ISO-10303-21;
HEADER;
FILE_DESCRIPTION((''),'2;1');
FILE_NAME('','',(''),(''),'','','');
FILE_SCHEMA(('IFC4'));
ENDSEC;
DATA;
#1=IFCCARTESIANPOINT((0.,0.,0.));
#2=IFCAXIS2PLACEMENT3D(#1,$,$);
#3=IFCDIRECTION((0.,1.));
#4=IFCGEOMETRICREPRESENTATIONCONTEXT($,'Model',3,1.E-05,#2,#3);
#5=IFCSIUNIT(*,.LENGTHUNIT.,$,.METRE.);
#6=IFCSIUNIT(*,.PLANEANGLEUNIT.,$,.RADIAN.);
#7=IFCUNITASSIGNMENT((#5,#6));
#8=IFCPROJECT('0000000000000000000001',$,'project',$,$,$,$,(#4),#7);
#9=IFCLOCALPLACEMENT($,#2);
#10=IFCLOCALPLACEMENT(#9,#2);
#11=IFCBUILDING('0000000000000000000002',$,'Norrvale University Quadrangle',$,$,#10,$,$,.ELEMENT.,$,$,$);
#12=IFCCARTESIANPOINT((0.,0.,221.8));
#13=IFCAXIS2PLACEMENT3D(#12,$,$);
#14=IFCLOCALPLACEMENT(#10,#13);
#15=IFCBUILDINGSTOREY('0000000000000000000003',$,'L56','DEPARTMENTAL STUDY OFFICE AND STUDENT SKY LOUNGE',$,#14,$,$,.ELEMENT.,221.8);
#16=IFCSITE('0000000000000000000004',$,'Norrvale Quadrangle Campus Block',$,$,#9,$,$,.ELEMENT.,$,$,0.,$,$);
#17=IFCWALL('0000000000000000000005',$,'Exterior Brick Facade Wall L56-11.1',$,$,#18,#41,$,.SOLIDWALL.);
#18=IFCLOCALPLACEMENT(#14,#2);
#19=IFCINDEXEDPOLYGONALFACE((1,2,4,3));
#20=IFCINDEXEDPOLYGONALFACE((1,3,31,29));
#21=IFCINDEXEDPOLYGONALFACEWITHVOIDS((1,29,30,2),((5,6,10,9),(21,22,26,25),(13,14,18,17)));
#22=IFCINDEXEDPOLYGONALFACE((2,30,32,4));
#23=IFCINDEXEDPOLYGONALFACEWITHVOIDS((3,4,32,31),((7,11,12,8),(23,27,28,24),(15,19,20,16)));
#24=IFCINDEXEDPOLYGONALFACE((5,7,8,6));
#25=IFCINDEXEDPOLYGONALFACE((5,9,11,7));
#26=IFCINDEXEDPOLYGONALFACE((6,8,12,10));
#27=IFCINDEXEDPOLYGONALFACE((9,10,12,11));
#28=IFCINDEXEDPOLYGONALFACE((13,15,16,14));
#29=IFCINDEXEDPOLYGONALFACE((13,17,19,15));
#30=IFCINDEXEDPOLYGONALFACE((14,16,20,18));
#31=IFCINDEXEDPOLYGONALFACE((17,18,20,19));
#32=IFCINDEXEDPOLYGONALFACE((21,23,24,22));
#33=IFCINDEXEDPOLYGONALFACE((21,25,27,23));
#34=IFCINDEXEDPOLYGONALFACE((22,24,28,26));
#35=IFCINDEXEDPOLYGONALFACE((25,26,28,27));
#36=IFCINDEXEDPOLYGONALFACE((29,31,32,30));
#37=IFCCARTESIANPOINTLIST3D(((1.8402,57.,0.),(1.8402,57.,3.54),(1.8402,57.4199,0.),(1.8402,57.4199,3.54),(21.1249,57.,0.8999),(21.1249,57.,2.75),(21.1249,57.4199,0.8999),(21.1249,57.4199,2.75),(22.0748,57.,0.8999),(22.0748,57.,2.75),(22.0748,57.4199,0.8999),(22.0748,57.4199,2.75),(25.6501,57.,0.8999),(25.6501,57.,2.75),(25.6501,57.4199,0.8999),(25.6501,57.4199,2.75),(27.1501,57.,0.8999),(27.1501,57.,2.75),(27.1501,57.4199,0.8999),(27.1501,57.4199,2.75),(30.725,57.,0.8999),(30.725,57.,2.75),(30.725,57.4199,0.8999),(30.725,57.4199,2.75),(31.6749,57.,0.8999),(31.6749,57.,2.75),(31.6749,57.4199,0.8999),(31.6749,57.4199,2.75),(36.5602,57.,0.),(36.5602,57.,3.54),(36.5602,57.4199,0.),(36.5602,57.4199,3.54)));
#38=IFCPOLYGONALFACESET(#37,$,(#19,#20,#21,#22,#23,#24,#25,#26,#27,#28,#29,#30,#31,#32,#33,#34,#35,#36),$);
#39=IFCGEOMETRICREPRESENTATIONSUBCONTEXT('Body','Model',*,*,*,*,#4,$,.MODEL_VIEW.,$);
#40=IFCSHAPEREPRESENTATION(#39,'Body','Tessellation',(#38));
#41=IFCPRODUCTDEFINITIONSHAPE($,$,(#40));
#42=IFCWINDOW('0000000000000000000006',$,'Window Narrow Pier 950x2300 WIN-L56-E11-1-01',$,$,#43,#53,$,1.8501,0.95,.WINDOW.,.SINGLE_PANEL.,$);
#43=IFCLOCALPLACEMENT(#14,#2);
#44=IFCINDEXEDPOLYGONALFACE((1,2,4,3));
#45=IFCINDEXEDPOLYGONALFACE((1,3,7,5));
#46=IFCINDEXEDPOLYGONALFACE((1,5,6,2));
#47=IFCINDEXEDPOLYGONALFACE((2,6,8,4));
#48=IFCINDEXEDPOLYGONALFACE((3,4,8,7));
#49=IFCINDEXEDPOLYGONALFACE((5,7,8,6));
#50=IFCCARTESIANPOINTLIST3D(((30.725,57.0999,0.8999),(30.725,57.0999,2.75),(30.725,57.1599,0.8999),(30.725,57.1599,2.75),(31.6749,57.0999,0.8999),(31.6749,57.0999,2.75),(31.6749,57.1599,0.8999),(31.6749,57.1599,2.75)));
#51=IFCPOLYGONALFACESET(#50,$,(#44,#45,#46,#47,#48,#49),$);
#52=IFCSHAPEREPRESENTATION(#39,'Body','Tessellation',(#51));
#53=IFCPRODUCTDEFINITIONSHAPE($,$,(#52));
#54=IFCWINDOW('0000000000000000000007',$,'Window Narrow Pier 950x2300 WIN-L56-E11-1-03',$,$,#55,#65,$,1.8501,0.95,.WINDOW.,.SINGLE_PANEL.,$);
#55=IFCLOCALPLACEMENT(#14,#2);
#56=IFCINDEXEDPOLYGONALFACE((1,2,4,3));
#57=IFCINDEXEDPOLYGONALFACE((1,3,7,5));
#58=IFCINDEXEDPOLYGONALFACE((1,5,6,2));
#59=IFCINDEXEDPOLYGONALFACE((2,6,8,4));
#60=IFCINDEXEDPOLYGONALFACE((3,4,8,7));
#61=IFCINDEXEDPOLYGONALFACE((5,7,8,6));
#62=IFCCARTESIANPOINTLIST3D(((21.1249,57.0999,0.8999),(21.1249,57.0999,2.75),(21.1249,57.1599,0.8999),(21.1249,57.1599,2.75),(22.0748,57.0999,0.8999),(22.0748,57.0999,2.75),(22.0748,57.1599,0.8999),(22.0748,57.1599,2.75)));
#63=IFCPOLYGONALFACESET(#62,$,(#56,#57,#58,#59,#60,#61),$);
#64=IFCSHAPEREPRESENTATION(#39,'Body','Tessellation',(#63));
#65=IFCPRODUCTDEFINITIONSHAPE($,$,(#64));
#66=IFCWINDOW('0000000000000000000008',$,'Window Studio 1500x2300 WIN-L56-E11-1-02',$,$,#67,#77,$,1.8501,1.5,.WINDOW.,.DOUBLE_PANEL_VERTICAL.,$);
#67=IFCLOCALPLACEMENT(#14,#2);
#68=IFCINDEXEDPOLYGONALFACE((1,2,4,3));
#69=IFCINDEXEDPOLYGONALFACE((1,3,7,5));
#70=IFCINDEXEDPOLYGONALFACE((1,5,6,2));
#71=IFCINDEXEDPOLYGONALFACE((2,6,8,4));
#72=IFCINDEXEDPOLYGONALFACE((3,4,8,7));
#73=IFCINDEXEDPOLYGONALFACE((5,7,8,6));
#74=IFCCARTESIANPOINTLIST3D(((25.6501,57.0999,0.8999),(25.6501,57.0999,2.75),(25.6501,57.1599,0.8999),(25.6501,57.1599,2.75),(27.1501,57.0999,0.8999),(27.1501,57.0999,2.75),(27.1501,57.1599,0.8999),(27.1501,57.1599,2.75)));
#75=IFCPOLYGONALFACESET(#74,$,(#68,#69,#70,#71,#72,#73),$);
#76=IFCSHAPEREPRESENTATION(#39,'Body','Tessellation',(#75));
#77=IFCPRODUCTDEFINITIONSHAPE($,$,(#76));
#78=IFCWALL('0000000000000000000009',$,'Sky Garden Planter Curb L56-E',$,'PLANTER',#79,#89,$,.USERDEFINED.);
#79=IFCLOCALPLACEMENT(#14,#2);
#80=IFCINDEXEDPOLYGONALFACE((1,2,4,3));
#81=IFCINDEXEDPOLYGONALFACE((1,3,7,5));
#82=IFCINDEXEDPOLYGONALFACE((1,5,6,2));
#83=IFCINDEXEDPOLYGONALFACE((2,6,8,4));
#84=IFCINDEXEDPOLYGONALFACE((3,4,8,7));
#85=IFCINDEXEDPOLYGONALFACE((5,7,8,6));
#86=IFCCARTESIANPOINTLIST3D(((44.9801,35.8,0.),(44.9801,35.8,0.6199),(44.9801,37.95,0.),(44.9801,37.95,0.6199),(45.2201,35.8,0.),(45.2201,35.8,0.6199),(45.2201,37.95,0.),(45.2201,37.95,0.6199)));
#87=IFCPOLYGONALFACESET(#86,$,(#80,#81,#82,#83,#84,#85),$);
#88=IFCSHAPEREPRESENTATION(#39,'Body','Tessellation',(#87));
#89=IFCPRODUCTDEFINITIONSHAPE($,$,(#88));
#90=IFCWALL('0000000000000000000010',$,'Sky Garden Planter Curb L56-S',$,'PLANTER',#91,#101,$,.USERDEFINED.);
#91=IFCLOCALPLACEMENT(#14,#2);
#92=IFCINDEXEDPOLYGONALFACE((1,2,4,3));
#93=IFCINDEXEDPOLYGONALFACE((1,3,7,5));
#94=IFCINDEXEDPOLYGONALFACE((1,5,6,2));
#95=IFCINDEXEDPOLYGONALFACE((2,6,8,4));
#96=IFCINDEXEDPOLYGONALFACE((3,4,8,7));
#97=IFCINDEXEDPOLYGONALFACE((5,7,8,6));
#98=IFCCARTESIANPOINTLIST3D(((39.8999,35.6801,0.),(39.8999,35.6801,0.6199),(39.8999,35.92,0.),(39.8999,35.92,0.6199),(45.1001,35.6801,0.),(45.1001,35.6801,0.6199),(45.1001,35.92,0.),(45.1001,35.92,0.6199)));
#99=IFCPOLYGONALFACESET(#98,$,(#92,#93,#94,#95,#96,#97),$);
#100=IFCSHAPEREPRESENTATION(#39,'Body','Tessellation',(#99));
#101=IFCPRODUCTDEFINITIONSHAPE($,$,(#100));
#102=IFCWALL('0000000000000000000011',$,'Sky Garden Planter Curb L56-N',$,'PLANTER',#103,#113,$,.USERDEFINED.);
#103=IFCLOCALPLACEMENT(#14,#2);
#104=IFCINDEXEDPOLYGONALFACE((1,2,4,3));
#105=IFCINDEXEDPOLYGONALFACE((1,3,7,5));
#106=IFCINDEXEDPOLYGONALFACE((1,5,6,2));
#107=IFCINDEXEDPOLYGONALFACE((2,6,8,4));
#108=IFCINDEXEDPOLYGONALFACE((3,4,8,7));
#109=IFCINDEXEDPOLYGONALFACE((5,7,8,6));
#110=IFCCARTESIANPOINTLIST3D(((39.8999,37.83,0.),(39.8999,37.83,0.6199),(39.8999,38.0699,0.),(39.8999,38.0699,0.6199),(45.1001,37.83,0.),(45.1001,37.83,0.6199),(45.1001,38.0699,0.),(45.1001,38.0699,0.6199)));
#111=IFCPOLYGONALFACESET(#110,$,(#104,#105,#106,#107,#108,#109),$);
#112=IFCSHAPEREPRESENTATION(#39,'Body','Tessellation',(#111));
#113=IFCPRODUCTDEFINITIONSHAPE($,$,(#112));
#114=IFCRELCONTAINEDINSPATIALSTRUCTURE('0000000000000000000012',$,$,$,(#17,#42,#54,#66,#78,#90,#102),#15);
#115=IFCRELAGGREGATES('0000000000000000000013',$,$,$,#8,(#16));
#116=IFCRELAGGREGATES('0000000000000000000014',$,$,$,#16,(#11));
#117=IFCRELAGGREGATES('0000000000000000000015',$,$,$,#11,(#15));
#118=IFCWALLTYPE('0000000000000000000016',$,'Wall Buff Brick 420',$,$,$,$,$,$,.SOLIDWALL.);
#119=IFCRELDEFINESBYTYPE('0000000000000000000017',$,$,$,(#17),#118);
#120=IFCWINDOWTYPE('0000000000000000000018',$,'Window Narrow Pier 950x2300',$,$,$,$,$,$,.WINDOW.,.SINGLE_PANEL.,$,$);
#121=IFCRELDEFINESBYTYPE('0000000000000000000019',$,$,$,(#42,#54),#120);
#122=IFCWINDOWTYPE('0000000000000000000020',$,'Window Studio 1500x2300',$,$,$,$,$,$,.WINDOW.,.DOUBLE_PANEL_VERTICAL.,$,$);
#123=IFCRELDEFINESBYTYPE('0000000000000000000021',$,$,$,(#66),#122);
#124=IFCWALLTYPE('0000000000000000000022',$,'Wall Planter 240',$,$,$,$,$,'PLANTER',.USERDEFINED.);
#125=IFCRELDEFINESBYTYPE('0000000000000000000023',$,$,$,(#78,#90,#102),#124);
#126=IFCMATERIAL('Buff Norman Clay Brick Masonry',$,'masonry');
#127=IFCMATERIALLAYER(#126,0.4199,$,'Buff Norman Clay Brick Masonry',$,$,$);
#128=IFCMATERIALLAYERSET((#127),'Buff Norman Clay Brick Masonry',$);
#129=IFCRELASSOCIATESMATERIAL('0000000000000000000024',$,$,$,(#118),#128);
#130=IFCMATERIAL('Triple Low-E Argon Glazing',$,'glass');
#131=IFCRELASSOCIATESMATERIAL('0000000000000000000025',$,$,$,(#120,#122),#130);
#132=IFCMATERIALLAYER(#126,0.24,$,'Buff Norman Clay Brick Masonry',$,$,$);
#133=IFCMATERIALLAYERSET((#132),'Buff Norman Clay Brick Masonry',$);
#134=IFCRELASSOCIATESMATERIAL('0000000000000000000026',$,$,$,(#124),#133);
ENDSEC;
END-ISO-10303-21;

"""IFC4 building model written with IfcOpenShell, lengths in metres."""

from ifc_helpers import new_model, si_unit, direction, frame, frame_2d, origin, place, context, subcontext, project, spatial, rectangle, extrude, material, layer, layer_set, type_object, element, fill, save


model = new_model("IFC4")

# Units and contexts
model_context = context("Model", 3, precision=1e-05, world=origin(), true_north=direction((0.0, 1.0)))
body_context = subcontext(model_context, "Body", "Model", "MODEL_VIEW")
ifc_project = project(units=[si_unit("LENGTHUNIT", "METRE"), si_unit("PLANEANGLEUNIT", "RADIAN")], contexts=[model_context])

# Site, building, storey
site_placement = place(None, origin())
site = spatial("IfcSite", under=ifc_project, at=site_placement, Name="Norrvale Quadrangle Campus Block", CompositionType="ELEMENT", RefElevation=0.0)
building_placement = place(site_placement, origin())
building = spatial("IfcBuilding", under=site, at=building_placement, Name="Norrvale University Quadrangle", CompositionType="ELEMENT")
storey_placement = place(building_placement, frame((0.0, 0.0, 221.8)))
storey = spatial("IfcBuildingStorey", under=building, at=storey_placement, Name="L56", Description="DEPARTMENTAL STUDY OFFICE AND STUDENT SKY LOUNGE", CompositionType="ELEMENT", Elevation=221.8)

# Shared definitions
ifc_material_1 = material(Name="Buff Norman Clay Brick Masonry", Category="masonry")
ifc_layer_1 = layer(ifc_material_1, 0.4199, Name="Buff Norman Clay Brick Masonry")
ifc_layer_set_1 = layer_set([ifc_layer_1], Name="Buff Norman Clay Brick Masonry")
wall_type_1 = type_object("IfcWallType", Name="Wall Buff Brick 420", PredefinedType="SOLIDWALL", material=ifc_layer_set_1)

# Wall, openings, windows
wall_1_placement = place(storey_placement, frame((36.5601, 57.21, 0.0), z_axis=(0.0, 0.0, 1.0), x_axis=(-1.0, 0.0, 0.0)))
wall_1 = element("IfcWall", 1, at=wall_1_placement, inside=storey, type_object=wall_type_1, Name="Exterior Brick Facade Wall L56-11.1", PredefinedType="SOLIDWALL", context=body_context, shape_type="SweptSolid", body=[
    extrude(rectangle(XDim=34.72, YDim=0.4199, at=frame_2d((17.3599, 0.0))), origin(), (0.0, 0.0, 1.0), 3.54),
])
opening_1_placement = place(wall_1_placement, frame((4.885, 0.0, 0.8999)))
opening_1 = element("IfcOpeningElement", 2, at=opening_1_placement, cuts=wall_1, PredefinedType="OPENING", context=body_context, shape_type="SweptSolid", body=[
    extrude(rectangle(XDim=0.95, YDim=1.8501, at=frame_2d((0.4751, 0.925))), frame((0.0, 0.2219, 0.0), z_axis=(0.0, -1.0, 0.0), x_axis=(1.0, 0.0, 0.0)), (0.0, 0.0, 1.0), 0.4438),
])
opening_2_placement = place(wall_1_placement, frame((9.4099, 0.0, 0.8999)))
opening_2 = element("IfcOpeningElement", 3, at=opening_2_placement, cuts=wall_1, PredefinedType="OPENING", context=body_context, shape_type="SweptSolid", body=[
    extrude(rectangle(XDim=1.5, YDim=1.8501, at=frame_2d((0.75, 0.925))), frame((0.0, 0.2219, 0.0), z_axis=(0.0, -1.0, 0.0), x_axis=(1.0, 0.0, 0.0)), (0.0, 0.0, 1.0), 0.4438),
])
opening_3_placement = place(wall_1_placement, frame((14.4851, 0.0, 0.8999)))
opening_3 = element("IfcOpeningElement", 4, at=opening_3_placement, cuts=wall_1, PredefinedType="OPENING", context=body_context, shape_type="SweptSolid", body=[
    extrude(rectangle(XDim=0.95, YDim=1.8501, at=frame_2d((0.4751, 0.925))), frame((0.0, 0.2219, 0.0), z_axis=(0.0, -1.0, 0.0), x_axis=(1.0, 0.0, 0.0)), (0.0, 0.0, 1.0), 0.4438),
])
ifc_material_2 = material(Name="Triple Low-E Argon Glazing", Category="glass")
window_type_1 = type_object("IfcWindowType", Name="Window Narrow Pier 950x2300", PartitioningType="SINGLE_PANEL", PredefinedType="WINDOW", material=ifc_material_2)
window_1_placement = place(opening_1_placement, origin())
window_1 = element("IfcWindow", 5, at=window_1_placement, inside=storey, type_object=window_type_1, Name="Window Narrow Pier 950x2300 WIN-L56-E11-1-01", OverallHeight=1.8501, OverallWidth=0.95, PartitioningType="SINGLE_PANEL", PredefinedType="WINDOW", context=body_context, shape_type="SweptSolid", body=[
    extrude(rectangle(XDim=0.95, YDim=1.8501, at=frame_2d((0.4751, 0.925))), frame((0.0, 0.1101, 0.0), z_axis=(0.0, -1.0, 0.0), x_axis=(1.0, 0.0, 0.0)), (0.0, 0.0, 1.0), 0.0601),
])
fill(opening_1, window_1)
window_2_placement = place(opening_3_placement, origin())
window_2 = element("IfcWindow", 6, at=window_2_placement, inside=storey, type_object=window_type_1, Name="Window Narrow Pier 950x2300 WIN-L56-E11-1-03", OverallHeight=1.8501, OverallWidth=0.95, PartitioningType="SINGLE_PANEL", PredefinedType="WINDOW", context=body_context, shape_type="SweptSolid", body=[
    extrude(rectangle(XDim=0.95, YDim=1.8501, at=frame_2d((0.4751, 0.925))), frame((0.0, 0.1101, 0.0), z_axis=(0.0, -1.0, 0.0), x_axis=(1.0, 0.0, 0.0)), (0.0, 0.0, 1.0), 0.0601),
])
fill(opening_3, window_2)
window_type_2 = type_object("IfcWindowType", Name="Window Studio 1500x2300", PartitioningType="DOUBLE_PANEL_VERTICAL", PredefinedType="WINDOW", material=ifc_material_2)
window_3_placement = place(opening_2_placement, origin())
window_3 = element("IfcWindow", 7, at=window_3_placement, inside=storey, type_object=window_type_2, Name="Window Studio 1500x2300 WIN-L56-E11-1-02", OverallHeight=1.8501, OverallWidth=1.5, PartitioningType="DOUBLE_PANEL_VERTICAL", PredefinedType="WINDOW", context=body_context, shape_type="SweptSolid", body=[
    extrude(rectangle(XDim=1.5, YDim=1.8501, at=frame_2d((0.75, 0.925))), frame((0.0, 0.1101, 0.0), z_axis=(0.0, -1.0, 0.0), x_axis=(1.0, 0.0, 0.0)), (0.0, 0.0, 1.0), 0.0601),
])
fill(opening_2, window_3)

# Walls
ifc_layer_2 = layer(ifc_material_1, 0.24, Name="Buff Norman Clay Brick Masonry")
ifc_layer_set_2 = layer_set([ifc_layer_2], Name="Buff Norman Clay Brick Masonry")
wall_type_2 = type_object("IfcWallType", Name="Wall Planter 240", ElementType="PLANTER", PredefinedType="USERDEFINED", material=ifc_layer_set_2)
wall_2_placement = place(storey_placement, frame((45.1001, 35.8, 0.0), z_axis=(0.0, 0.0, 1.0), x_axis=(0.0, 1.0, 0.0)))
element("IfcWall", 8, at=wall_2_placement, inside=storey, type_object=wall_type_2, Name="Sky Garden Planter Curb L56-E", ObjectType="PLANTER", PredefinedType="USERDEFINED", context=body_context, shape_type="SweptSolid", body=[
    extrude(rectangle(XDim=2.1499, YDim=0.24, at=frame_2d((1.075, 0.0))), origin(), (0.0, 0.0, 1.0), 0.6199),
])
for number, where, z_axis, x_axis, name in (
    (9, (39.8999, 35.8, 0.0), (0.0, 0.0, 1.0), (1.0, 0.0, 0.0), "Sky Garden Planter Curb L56-S"),
    (10, (39.8999, 37.95, 0.0), (0.0, 0.0, 1.0), (1.0, 0.0, 0.0), "Sky Garden Planter Curb L56-N"),
):
    element("IfcWall", number, at=place(storey_placement, frame(where, z_axis=z_axis, x_axis=x_axis)), inside=storey, type_object=wall_type_2, Name=name, ObjectType="PLANTER", PredefinedType="USERDEFINED", context=body_context, shape_type="SweptSolid", body=[
        extrude(rectangle(XDim=5.2002, YDim=0.24, at=frame_2d((2.6001, 0.0))), origin(), (0.0, 0.0, 1.0), 0.6199),
    ])

save(model, "model.ifc")
